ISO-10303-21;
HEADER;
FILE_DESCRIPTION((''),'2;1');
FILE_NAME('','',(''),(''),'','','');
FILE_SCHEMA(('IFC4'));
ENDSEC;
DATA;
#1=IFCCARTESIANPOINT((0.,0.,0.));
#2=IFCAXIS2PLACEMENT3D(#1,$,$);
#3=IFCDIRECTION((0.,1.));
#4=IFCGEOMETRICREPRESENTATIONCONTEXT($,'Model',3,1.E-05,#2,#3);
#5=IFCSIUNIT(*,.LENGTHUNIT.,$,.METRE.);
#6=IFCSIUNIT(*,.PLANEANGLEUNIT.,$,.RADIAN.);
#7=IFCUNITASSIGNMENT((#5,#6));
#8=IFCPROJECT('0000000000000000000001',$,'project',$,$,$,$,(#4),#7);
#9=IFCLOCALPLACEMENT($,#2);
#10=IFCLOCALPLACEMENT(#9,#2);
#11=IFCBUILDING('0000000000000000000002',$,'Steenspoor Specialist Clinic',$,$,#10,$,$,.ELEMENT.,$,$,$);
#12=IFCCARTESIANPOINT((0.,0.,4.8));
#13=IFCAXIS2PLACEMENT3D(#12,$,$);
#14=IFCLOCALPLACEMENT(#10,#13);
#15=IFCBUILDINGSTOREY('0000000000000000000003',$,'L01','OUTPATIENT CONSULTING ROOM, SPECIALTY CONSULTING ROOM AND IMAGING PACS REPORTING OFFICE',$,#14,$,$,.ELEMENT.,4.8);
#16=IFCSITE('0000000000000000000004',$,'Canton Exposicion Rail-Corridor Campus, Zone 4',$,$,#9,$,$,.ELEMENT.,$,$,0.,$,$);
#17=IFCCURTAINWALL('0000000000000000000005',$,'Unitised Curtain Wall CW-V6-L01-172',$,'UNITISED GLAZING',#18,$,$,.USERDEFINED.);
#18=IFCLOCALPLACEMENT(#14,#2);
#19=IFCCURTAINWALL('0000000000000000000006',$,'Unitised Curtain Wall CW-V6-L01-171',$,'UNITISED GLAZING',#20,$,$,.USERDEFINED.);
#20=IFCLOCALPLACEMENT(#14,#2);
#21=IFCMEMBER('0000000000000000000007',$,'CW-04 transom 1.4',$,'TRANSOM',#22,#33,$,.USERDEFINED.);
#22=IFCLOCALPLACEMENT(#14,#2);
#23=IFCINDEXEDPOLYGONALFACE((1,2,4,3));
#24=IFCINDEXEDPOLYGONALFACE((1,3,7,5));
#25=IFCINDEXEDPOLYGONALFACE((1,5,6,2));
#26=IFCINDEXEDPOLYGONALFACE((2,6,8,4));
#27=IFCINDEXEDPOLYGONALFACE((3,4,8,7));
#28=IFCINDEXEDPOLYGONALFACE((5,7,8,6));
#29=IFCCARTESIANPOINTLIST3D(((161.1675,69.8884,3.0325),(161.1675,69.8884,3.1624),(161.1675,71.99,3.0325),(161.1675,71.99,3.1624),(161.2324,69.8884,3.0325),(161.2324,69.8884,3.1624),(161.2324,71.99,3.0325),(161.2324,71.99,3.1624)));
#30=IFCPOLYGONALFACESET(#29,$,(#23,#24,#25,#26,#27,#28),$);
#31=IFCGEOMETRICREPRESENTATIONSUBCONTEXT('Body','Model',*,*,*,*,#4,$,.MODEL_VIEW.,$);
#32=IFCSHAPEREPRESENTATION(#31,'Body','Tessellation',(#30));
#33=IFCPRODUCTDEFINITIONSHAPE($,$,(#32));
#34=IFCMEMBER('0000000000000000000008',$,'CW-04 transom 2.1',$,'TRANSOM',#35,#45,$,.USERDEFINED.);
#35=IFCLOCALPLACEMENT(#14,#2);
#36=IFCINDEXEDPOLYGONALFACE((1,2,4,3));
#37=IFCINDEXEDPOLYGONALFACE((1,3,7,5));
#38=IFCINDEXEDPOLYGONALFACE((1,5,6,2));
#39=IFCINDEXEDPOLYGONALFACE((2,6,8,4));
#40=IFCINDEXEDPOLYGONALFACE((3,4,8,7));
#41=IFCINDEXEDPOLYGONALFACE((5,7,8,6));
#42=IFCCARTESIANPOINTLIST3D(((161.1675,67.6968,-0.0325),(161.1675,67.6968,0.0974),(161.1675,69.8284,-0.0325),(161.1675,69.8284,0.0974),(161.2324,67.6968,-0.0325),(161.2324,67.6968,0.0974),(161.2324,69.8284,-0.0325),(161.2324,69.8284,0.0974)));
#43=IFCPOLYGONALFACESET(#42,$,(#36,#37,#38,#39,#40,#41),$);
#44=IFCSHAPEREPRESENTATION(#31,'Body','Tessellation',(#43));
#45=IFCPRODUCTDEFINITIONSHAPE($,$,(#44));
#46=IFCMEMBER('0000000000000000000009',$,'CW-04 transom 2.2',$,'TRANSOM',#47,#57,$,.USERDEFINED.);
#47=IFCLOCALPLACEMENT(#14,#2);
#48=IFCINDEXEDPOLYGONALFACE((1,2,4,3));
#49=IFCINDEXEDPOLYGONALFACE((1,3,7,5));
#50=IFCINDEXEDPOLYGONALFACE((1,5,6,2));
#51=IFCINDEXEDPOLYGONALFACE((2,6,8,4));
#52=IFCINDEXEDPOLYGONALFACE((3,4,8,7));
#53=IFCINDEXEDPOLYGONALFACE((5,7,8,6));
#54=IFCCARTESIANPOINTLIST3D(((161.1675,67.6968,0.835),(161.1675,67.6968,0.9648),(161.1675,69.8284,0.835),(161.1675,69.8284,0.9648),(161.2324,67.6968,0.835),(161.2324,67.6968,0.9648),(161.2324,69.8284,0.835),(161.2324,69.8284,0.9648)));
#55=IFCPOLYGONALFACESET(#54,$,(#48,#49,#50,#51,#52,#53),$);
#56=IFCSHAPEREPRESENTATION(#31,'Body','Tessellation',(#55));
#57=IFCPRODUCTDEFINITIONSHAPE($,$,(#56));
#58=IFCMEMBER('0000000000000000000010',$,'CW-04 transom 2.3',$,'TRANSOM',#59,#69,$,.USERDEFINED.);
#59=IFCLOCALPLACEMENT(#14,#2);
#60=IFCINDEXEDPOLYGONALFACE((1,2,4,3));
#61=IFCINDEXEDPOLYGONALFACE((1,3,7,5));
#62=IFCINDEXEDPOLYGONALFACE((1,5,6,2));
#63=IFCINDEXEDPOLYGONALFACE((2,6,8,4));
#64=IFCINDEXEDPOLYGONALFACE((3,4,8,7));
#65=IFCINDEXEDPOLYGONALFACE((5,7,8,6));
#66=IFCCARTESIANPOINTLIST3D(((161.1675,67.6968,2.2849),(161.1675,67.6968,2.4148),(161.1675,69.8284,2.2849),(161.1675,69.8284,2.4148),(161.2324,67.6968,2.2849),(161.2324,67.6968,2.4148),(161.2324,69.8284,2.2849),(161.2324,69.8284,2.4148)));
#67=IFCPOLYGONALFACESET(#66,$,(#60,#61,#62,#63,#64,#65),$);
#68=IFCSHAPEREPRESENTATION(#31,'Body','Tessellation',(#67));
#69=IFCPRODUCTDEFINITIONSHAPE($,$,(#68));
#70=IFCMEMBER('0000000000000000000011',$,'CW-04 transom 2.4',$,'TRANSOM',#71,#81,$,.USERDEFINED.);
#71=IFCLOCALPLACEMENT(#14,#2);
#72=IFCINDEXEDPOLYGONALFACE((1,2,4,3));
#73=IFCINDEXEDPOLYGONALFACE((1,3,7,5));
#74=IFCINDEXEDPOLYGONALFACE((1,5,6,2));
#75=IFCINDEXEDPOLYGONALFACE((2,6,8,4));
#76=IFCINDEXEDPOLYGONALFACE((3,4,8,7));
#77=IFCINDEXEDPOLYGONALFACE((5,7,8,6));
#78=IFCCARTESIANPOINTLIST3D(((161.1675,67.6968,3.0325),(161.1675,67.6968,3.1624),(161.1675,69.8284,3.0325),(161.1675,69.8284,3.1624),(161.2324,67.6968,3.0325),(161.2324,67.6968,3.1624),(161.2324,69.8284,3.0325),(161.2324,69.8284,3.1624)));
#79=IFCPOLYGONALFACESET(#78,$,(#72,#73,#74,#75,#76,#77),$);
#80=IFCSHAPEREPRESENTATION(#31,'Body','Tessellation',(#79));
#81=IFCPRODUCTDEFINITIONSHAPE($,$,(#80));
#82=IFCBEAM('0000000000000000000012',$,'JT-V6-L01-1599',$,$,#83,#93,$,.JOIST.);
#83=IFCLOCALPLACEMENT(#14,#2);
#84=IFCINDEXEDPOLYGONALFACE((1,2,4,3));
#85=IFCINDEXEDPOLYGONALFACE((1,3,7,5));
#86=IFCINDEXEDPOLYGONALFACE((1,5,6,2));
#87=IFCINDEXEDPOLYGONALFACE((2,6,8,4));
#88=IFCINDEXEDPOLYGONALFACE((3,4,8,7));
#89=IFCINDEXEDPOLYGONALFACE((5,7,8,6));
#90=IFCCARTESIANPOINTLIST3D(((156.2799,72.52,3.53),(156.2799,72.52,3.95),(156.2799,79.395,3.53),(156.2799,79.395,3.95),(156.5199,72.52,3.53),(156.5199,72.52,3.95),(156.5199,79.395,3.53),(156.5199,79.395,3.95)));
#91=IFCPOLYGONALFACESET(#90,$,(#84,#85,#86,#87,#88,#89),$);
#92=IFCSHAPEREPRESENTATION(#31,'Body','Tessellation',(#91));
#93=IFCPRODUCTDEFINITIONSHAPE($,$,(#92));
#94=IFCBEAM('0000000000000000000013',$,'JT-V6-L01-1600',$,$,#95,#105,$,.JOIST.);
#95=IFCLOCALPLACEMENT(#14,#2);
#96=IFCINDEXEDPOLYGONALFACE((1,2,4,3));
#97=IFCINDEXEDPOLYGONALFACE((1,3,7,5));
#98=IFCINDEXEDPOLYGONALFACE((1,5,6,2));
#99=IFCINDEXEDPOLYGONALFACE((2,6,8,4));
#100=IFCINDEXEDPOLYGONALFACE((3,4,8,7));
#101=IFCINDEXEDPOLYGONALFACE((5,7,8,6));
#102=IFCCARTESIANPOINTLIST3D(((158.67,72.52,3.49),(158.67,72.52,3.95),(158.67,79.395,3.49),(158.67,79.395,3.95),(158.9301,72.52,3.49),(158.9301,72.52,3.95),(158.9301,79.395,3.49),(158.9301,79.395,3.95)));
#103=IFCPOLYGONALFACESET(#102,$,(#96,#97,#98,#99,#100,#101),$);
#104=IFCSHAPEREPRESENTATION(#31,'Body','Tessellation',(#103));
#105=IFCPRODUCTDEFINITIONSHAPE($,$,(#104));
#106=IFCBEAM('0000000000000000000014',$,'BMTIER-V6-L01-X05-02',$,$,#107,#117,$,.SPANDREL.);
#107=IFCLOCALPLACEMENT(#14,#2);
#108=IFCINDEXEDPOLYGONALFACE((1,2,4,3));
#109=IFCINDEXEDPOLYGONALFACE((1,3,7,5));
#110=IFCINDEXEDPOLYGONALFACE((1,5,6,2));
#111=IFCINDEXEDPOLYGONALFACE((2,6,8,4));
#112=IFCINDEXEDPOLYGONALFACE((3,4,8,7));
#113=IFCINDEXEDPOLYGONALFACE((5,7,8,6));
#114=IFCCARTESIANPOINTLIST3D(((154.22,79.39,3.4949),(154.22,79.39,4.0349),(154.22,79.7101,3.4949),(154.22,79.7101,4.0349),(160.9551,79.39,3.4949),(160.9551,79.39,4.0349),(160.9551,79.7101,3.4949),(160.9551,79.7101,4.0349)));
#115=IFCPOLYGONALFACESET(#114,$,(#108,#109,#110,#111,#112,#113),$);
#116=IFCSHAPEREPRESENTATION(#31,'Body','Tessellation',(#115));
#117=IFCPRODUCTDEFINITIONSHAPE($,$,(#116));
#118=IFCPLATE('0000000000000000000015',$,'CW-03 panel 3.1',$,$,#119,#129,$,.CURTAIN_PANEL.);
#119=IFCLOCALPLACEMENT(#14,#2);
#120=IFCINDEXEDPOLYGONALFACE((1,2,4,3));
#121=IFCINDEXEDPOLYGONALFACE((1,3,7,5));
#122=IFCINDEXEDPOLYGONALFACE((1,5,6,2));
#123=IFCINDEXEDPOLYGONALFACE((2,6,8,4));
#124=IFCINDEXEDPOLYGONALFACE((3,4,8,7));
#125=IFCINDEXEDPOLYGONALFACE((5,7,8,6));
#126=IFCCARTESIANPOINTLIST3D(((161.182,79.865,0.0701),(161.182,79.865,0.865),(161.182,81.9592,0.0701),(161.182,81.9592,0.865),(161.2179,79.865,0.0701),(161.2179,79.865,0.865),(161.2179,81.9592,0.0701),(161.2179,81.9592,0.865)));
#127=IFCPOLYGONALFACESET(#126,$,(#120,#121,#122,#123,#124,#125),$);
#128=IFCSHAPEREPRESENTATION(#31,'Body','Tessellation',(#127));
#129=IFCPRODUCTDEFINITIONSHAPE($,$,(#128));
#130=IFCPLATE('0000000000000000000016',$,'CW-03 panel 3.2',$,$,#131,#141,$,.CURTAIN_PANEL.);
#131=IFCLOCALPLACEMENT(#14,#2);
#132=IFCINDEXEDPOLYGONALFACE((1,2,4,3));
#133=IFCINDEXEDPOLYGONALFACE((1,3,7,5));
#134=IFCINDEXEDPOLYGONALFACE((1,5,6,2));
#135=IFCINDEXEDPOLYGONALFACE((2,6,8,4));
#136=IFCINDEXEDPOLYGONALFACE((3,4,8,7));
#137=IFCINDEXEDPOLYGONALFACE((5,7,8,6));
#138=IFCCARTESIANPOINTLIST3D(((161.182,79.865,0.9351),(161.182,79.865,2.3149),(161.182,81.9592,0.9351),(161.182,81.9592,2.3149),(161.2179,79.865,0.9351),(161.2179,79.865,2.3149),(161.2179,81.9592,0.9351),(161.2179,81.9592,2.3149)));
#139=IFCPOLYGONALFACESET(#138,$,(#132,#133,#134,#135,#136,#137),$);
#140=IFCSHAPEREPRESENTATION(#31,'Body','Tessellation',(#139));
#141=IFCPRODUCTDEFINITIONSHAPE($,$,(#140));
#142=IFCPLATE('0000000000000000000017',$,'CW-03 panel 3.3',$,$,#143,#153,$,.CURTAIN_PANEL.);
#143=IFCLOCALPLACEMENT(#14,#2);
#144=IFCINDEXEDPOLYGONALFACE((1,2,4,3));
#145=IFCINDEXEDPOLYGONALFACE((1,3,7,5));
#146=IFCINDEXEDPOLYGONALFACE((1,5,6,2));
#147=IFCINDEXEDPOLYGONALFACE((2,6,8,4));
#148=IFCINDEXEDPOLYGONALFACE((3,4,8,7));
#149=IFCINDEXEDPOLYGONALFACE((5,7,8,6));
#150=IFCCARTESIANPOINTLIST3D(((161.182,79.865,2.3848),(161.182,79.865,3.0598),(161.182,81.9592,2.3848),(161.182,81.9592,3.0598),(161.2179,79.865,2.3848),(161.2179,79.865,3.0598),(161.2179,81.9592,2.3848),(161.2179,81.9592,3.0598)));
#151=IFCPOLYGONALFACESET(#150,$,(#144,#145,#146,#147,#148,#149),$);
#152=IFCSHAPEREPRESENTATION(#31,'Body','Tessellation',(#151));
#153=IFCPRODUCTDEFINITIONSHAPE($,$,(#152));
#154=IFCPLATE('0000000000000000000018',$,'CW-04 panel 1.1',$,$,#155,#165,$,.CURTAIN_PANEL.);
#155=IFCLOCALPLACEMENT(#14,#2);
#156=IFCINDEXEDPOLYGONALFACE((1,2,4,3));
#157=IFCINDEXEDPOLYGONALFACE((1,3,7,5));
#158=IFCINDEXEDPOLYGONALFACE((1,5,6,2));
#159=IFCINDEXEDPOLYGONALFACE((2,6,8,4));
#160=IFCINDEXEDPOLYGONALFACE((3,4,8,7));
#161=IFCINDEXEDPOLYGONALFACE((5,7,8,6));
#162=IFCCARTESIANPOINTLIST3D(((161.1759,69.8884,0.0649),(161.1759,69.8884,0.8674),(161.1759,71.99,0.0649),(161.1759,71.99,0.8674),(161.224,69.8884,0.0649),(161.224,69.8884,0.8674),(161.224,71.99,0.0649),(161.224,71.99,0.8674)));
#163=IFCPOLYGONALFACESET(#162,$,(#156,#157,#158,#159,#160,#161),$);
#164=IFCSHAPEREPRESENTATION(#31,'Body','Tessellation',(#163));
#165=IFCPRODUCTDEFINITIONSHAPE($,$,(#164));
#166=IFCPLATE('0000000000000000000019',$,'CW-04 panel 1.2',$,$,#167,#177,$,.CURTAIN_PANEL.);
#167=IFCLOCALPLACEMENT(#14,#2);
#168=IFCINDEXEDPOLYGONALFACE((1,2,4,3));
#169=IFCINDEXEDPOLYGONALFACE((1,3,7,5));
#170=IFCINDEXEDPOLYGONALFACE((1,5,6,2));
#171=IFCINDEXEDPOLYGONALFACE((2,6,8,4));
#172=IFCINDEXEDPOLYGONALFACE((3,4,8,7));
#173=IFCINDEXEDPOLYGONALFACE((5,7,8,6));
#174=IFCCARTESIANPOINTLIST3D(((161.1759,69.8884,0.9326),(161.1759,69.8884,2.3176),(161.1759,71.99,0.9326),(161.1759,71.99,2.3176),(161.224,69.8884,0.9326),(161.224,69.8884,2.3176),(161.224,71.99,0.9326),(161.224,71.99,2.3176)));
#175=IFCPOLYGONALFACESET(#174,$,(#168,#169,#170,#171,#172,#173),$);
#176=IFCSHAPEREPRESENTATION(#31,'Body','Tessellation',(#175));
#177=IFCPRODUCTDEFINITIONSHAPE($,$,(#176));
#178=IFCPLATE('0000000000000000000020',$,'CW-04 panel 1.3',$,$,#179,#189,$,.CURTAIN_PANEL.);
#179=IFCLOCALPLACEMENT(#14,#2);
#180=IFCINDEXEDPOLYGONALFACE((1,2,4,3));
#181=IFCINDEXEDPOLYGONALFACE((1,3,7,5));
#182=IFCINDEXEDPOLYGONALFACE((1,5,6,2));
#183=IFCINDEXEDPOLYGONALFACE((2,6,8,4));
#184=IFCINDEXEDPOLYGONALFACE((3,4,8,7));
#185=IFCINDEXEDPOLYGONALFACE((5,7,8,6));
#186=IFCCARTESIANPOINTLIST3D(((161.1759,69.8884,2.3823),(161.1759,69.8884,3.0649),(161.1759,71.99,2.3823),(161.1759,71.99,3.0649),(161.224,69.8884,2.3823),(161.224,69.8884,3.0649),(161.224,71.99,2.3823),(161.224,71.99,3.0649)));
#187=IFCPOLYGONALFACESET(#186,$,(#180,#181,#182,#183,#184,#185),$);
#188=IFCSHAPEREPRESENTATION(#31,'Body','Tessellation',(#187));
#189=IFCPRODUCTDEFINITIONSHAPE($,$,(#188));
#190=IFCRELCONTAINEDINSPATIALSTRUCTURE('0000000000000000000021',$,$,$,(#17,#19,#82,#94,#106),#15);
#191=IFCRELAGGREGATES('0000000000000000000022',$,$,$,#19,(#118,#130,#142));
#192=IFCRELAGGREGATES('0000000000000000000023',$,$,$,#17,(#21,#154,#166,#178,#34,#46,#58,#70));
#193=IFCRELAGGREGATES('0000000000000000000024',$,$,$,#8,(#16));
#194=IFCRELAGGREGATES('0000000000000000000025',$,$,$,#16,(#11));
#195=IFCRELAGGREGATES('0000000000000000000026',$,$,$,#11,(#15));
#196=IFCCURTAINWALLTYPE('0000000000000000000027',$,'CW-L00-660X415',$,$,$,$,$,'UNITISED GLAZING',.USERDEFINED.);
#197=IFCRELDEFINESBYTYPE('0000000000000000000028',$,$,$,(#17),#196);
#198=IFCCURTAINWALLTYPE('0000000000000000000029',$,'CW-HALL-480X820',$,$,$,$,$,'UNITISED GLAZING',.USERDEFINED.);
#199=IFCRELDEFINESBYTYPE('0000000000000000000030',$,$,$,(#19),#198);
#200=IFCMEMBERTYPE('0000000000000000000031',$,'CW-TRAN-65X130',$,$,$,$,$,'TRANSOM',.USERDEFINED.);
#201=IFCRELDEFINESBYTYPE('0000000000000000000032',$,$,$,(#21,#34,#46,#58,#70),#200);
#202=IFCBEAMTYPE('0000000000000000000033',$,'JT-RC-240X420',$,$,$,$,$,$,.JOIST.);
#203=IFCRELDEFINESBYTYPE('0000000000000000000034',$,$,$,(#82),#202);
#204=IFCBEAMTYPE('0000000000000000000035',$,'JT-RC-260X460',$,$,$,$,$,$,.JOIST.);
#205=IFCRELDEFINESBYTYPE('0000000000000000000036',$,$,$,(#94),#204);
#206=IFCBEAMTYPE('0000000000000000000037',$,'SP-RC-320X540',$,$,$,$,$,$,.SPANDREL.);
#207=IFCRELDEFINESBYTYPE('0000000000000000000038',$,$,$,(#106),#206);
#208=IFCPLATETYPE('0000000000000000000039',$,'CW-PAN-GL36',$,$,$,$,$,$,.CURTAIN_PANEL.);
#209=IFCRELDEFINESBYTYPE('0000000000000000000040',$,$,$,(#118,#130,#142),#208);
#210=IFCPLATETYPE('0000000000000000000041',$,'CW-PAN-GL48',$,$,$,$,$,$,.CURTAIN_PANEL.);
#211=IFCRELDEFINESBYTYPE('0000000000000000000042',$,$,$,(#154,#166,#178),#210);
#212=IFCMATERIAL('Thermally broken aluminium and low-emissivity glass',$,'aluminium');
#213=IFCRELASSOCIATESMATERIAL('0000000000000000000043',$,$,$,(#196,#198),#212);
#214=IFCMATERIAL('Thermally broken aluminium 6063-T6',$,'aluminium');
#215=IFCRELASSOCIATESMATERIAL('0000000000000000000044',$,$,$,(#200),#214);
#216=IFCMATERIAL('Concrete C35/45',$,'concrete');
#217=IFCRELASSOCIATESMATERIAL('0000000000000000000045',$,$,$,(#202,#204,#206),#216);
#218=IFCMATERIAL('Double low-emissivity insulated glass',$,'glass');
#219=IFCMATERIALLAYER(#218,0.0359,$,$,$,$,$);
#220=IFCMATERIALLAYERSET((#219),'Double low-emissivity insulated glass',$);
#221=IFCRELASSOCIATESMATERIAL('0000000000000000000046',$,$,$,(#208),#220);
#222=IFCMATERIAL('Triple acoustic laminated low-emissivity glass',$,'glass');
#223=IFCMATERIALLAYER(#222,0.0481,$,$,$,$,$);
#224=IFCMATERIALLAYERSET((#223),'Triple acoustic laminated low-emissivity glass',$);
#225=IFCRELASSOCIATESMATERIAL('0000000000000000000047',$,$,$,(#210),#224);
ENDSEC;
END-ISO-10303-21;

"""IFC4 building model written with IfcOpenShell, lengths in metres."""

from ifc_helpers import new_model, si_unit, direction, frame, origin, origin_2d, place, context, subcontext, project, spatial, rectangle, extrude, material, layer, layer_set, material_profile, profile_set, type_object, element, aggregate, save


model = new_model("IFC4")

# Units and contexts
model_context = context("Model", 3, precision=1e-05, world=origin(), true_north=direction((0.0, 1.0)))
body_context = subcontext(model_context, "Body", "Model", "MODEL_VIEW")
ifc_project = project(units=[si_unit("LENGTHUNIT", "METRE"), si_unit("PLANEANGLEUNIT", "RADIAN")], contexts=[model_context])

# Site, building, storey
site_placement = place(None, origin())
site = spatial("IfcSite", under=ifc_project, at=site_placement, Name="Canton Exposicion Rail-Corridor Campus, Zone 4", CompositionType="ELEMENT", RefElevation=0.0)
building_placement = place(site_placement, origin())
building = spatial("IfcBuilding", under=site, at=building_placement, Name="Steenspoor Specialist Clinic", CompositionType="ELEMENT")
storey_placement = place(building_placement, frame((0.0, 0.0, 4.8)))
storey = spatial("IfcBuildingStorey", under=building, at=storey_placement, Name="L01", Description="OUTPATIENT CONSULTING ROOM, SPECIALTY CONSULTING ROOM AND IMAGING PACS REPORTING OFFICE", CompositionType="ELEMENT", Elevation=4.8)

# Shared definitions
ifc_material_1 = material(Name="Concrete C35/45", Category="concrete")

# Curtain wall
ifc_material_2 = material(Name="Thermally broken aluminium and low-emissivity glass", Category="aluminium")
curtain_wall_type_1 = type_object("IfcCurtainWallType", Name="CW-L00-660X415", ElementType="UNITISED GLAZING", PredefinedType="USERDEFINED", material=ifc_material_2)
curtain_wall_1_placement = place(storey_placement, origin())
curtain_wall_1 = element("IfcCurtainWall", 1, at=curtain_wall_1_placement, inside=storey, type_object=curtain_wall_type_1, Name="Unitised Curtain Wall CW-V6-L01-172", ObjectType="UNITISED GLAZING", PredefinedType="USERDEFINED")
ifc_material_3 = material(Name="Thermally broken aluminium 6063-T6", Category="aluminium")

# Curtain wall
curtain_wall_type_2 = type_object("IfcCurtainWallType", Name="CW-HALL-480X820", ElementType="UNITISED GLAZING", PredefinedType="USERDEFINED", material=ifc_material_2)
curtain_wall_2_placement = place(storey_placement, origin())
curtain_wall_2 = element("IfcCurtainWall", 2, at=curtain_wall_2_placement, inside=storey, type_object=curtain_wall_type_2, Name="Unitised Curtain Wall CW-V6-L01-171", ObjectType="UNITISED GLAZING", PredefinedType="USERDEFINED")

# Members
ifc_material_profile_1 = material_profile(ifc_material_3, rectangle(XDim=0.0649, YDim=0.1299, at=origin_2d()), Name="CWT-65X130")
ifc_profile_set_1 = profile_set([ifc_material_profile_1], Name="Thermally broken aluminium 6063-T6")
member_type_1 = type_object("IfcMemberType", Name="CW-TRAN-65X130", ElementType="TRANSOM", PredefinedType="USERDEFINED", material=ifc_profile_set_1)
member_1_placement = place(storey_placement, frame((161.2, 71.99, 3.0974), z_axis=(0.0, -1.0, 0.0), x_axis=(1.0, 0.0, 0.0)))
member_1 = element("IfcMember", 3, at=member_1_placement, type_object=member_type_1, Name="CW-04 transom 1.4", ObjectType="TRANSOM", PredefinedType="USERDEFINED", context=body_context, shape_type="SweptSolid", body=[
    extrude(rectangle(XDim=0.0649, YDim=0.1299, at=origin_2d()), origin(), (0.0, 0.0, 1.0), 2.1016),
])
member_2_placement = place(storey_placement, frame((161.2, 69.8284, 0.0325), z_axis=(0.0, -1.0, 0.0), x_axis=(1.0, 0.0, 0.0)))
member_2 = element("IfcMember", 4, at=member_2_placement, type_object=member_type_1, Name="CW-04 transom 2.1", ObjectType="TRANSOM", PredefinedType="USERDEFINED", context=body_context, shape_type="SweptSolid", body=[
    extrude(rectangle(XDim=0.0649, YDim=0.1299, at=origin_2d()), origin(), (0.0, 0.0, 1.0), 2.1316),
])
member_3_placement = place(storey_placement, frame((161.2, 69.8284, 0.8999), z_axis=(0.0, -1.0, 0.0), x_axis=(1.0, 0.0, 0.0)))
member_3 = element("IfcMember", 5, at=member_3_placement, type_object=member_type_1, Name="CW-04 transom 2.2", ObjectType="TRANSOM", PredefinedType="USERDEFINED", context=body_context, shape_type="SweptSolid", body=[
    extrude(rectangle(XDim=0.0649, YDim=0.1299, at=origin_2d()), origin(), (0.0, 0.0, 1.0), 2.1316),
])
member_4_placement = place(storey_placement, frame((161.2, 69.8284, 2.3499), z_axis=(0.0, -1.0, 0.0), x_axis=(1.0, 0.0, 0.0)))
member_4 = element("IfcMember", 6, at=member_4_placement, type_object=member_type_1, Name="CW-04 transom 2.3", ObjectType="TRANSOM", PredefinedType="USERDEFINED", context=body_context, shape_type="SweptSolid", body=[
    extrude(rectangle(XDim=0.0649, YDim=0.1299, at=origin_2d()), origin(), (0.0, 0.0, 1.0), 2.1316),
])
member_5_placement = place(storey_placement, frame((161.2, 69.8284, 3.0974), z_axis=(0.0, -1.0, 0.0), x_axis=(1.0, 0.0, 0.0)))
member_5 = element("IfcMember", 7, at=member_5_placement, type_object=member_type_1, Name="CW-04 transom 2.4", ObjectType="TRANSOM", PredefinedType="USERDEFINED", context=body_context, shape_type="SweptSolid", body=[
    extrude(rectangle(XDim=0.0649, YDim=0.1299, at=origin_2d()), origin(), (0.0, 0.0, 1.0), 2.1316),
])

# Beams
ifc_material_profile_2 = material_profile(ifc_material_1, rectangle(XDim=0.24, YDim=0.4199, at=origin_2d()), Name="RC-JT-240X420")
ifc_profile_set_2 = profile_set([ifc_material_profile_2], Name="Concrete C35/45")
beam_type_1 = type_object("IfcBeamType", Name="JT-RC-240X420", PredefinedType="JOIST", material=ifc_profile_set_2)
beam_1_placement = place(storey_placement, frame((156.3999, 72.52, 3.74), z_axis=(0.0, 1.0, 0.0), x_axis=(-1.0, 0.0, 0.0)))
element("IfcBeam", 8, at=beam_1_placement, inside=storey, type_object=beam_type_1, Name="JT-V6-L01-1599", PredefinedType="JOIST", context=body_context, shape_type="SweptSolid", body=[
    extrude(rectangle(XDim=0.24, YDim=0.4199, at=origin_2d()), origin(), (0.0, 0.0, 1.0), 6.875),
])
ifc_material_profile_3 = material_profile(ifc_material_1, rectangle(XDim=0.26, YDim=0.46, at=origin_2d()), Name="RC-JT-260X460")
ifc_profile_set_3 = profile_set([ifc_material_profile_3], Name="Concrete C35/45")
beam_type_2 = type_object("IfcBeamType", Name="JT-RC-260X460", PredefinedType="JOIST", material=ifc_profile_set_3)
beam_2_placement = place(storey_placement, frame((158.8, 72.52, 3.72), z_axis=(0.0, 1.0, 0.0), x_axis=(-1.0, 0.0, 0.0)))
element("IfcBeam", 9, at=beam_2_placement, inside=storey, type_object=beam_type_2, Name="JT-V6-L01-1600", PredefinedType="JOIST", context=body_context, shape_type="SweptSolid", body=[
    extrude(rectangle(XDim=0.26, YDim=0.46, at=origin_2d()), origin(), (0.0, 0.0, 1.0), 6.875),
])
ifc_material_profile_4 = material_profile(ifc_material_1, rectangle(XDim=0.3201, YDim=0.54, at=origin_2d()), Name="RC-SP-320X540")
ifc_profile_set_4 = profile_set([ifc_material_profile_4], Name="Concrete C35/45")
beam_type_3 = type_object("IfcBeamType", Name="SP-RC-320X540", PredefinedType="SPANDREL", material=ifc_profile_set_4)
beam_3_placement = place(storey_placement, frame((154.22, 79.55, 3.7649), z_axis=(1.0, 0.0, 0.0), x_axis=(0.0, 1.0, 0.0)))
element("IfcBeam", 10, at=beam_3_placement, inside=storey, type_object=beam_type_3, Name="BMTIER-V6-L01-X05-02", PredefinedType="SPANDREL", context=body_context, shape_type="SweptSolid", body=[
    extrude(rectangle(XDim=0.3201, YDim=0.54, at=origin_2d()), origin(), (0.0, 0.0, 1.0), 6.7351),
])

# Plates
ifc_material_4 = material(Name="Double low-emissivity insulated glass", Category="glass")
ifc_layer_1 = layer(ifc_material_4, 0.0359)
ifc_layer_set_1 = layer_set([ifc_layer_1], Name="Double low-emissivity insulated glass")
plate_type_1 = type_object("IfcPlateType", Name="CW-PAN-GL36", PredefinedType="CURTAIN_PANEL", material=ifc_layer_set_1)
plate_1_placement = place(storey_placement, frame((161.2, 80.9121, 0.0701), z_axis=(0.0, 0.0, 1.0), x_axis=(0.0, -1.0, 0.0)))
plate_1 = element("IfcPlate", 11, at=plate_1_placement, type_object=plate_type_1, Name="CW-03 panel 3.1", PredefinedType="CURTAIN_PANEL", context=body_context, shape_type="SweptSolid", body=[
    extrude(rectangle(XDim=2.0942, YDim=0.0359, at=origin_2d()), origin(), (0.0, 0.0, 1.0), 0.7949),
])
plate_2_placement = place(storey_placement, frame((161.2, 80.9121, 0.9351), z_axis=(0.0, 0.0, 1.0), x_axis=(0.0, -1.0, 0.0)))
plate_2 = element("IfcPlate", 12, at=plate_2_placement, type_object=plate_type_1, Name="CW-03 panel 3.2", PredefinedType="CURTAIN_PANEL", context=body_context, shape_type="SweptSolid", body=[
    extrude(rectangle(XDim=2.0942, YDim=0.0359, at=origin_2d()), origin(), (0.0, 0.0, 1.0), 1.3799),
])
plate_3_placement = place(storey_placement, frame((161.2, 80.9121, 2.3848), z_axis=(0.0, 0.0, 1.0), x_axis=(0.0, -1.0, 0.0)))
plate_3 = element("IfcPlate", 13, at=plate_3_placement, type_object=plate_type_1, Name="CW-03 panel 3.3", PredefinedType="CURTAIN_PANEL", context=body_context, shape_type="SweptSolid", body=[
    extrude(rectangle(XDim=2.0942, YDim=0.0359, at=origin_2d()), origin(), (0.0, 0.0, 1.0), 0.675),
])
aggregate(curtain_wall_2, [plate_1, plate_2, plate_3])
ifc_material_5 = material(Name="Triple acoustic laminated low-emissivity glass", Category="glass")
ifc_layer_2 = layer(ifc_material_5, 0.0481)
ifc_layer_set_2 = layer_set([ifc_layer_2], Name="Triple acoustic laminated low-emissivity glass")
plate_type_2 = type_object("IfcPlateType", Name="CW-PAN-GL48", PredefinedType="CURTAIN_PANEL", material=ifc_layer_set_2)
plate_4_placement = place(storey_placement, frame((161.2, 70.9392, 0.0649), z_axis=(0.0, 0.0, 1.0), x_axis=(0.0, -1.0, 0.0)))
plate_4 = element("IfcPlate", 14, at=plate_4_placement, type_object=plate_type_2, Name="CW-04 panel 1.1", PredefinedType="CURTAIN_PANEL", context=body_context, shape_type="SweptSolid", body=[
    extrude(rectangle(XDim=2.1016, YDim=0.0481, at=origin_2d()), origin(), (0.0, 0.0, 1.0), 0.8025),
])
plate_5_placement = place(storey_placement, frame((161.2, 70.9392, 0.9326), z_axis=(0.0, 0.0, 1.0), x_axis=(0.0, -1.0, 0.0)))
plate_5 = element("IfcPlate", 15, at=plate_5_placement, type_object=plate_type_2, Name="CW-04 panel 1.2", PredefinedType="CURTAIN_PANEL", context=body_context, shape_type="SweptSolid", body=[
    extrude(rectangle(XDim=2.1016, YDim=0.0481, at=origin_2d()), origin(), (0.0, 0.0, 1.0), 1.385),
])
plate_6_placement = place(storey_placement, frame((161.2, 70.9392, 2.3823), z_axis=(0.0, 0.0, 1.0), x_axis=(0.0, -1.0, 0.0)))
plate_6 = element("IfcPlate", 16, at=plate_6_placement, type_object=plate_type_2, Name="CW-04 panel 1.3", PredefinedType="CURTAIN_PANEL", context=body_context, shape_type="SweptSolid", body=[
    extrude(rectangle(XDim=2.1016, YDim=0.0481, at=origin_2d()), origin(), (0.0, 0.0, 1.0), 0.6826),
])
aggregate(curtain_wall_1, [member_1, plate_4, plate_5, plate_6, member_2, member_3, member_4, member_5])

save(model, "model.ifc")
